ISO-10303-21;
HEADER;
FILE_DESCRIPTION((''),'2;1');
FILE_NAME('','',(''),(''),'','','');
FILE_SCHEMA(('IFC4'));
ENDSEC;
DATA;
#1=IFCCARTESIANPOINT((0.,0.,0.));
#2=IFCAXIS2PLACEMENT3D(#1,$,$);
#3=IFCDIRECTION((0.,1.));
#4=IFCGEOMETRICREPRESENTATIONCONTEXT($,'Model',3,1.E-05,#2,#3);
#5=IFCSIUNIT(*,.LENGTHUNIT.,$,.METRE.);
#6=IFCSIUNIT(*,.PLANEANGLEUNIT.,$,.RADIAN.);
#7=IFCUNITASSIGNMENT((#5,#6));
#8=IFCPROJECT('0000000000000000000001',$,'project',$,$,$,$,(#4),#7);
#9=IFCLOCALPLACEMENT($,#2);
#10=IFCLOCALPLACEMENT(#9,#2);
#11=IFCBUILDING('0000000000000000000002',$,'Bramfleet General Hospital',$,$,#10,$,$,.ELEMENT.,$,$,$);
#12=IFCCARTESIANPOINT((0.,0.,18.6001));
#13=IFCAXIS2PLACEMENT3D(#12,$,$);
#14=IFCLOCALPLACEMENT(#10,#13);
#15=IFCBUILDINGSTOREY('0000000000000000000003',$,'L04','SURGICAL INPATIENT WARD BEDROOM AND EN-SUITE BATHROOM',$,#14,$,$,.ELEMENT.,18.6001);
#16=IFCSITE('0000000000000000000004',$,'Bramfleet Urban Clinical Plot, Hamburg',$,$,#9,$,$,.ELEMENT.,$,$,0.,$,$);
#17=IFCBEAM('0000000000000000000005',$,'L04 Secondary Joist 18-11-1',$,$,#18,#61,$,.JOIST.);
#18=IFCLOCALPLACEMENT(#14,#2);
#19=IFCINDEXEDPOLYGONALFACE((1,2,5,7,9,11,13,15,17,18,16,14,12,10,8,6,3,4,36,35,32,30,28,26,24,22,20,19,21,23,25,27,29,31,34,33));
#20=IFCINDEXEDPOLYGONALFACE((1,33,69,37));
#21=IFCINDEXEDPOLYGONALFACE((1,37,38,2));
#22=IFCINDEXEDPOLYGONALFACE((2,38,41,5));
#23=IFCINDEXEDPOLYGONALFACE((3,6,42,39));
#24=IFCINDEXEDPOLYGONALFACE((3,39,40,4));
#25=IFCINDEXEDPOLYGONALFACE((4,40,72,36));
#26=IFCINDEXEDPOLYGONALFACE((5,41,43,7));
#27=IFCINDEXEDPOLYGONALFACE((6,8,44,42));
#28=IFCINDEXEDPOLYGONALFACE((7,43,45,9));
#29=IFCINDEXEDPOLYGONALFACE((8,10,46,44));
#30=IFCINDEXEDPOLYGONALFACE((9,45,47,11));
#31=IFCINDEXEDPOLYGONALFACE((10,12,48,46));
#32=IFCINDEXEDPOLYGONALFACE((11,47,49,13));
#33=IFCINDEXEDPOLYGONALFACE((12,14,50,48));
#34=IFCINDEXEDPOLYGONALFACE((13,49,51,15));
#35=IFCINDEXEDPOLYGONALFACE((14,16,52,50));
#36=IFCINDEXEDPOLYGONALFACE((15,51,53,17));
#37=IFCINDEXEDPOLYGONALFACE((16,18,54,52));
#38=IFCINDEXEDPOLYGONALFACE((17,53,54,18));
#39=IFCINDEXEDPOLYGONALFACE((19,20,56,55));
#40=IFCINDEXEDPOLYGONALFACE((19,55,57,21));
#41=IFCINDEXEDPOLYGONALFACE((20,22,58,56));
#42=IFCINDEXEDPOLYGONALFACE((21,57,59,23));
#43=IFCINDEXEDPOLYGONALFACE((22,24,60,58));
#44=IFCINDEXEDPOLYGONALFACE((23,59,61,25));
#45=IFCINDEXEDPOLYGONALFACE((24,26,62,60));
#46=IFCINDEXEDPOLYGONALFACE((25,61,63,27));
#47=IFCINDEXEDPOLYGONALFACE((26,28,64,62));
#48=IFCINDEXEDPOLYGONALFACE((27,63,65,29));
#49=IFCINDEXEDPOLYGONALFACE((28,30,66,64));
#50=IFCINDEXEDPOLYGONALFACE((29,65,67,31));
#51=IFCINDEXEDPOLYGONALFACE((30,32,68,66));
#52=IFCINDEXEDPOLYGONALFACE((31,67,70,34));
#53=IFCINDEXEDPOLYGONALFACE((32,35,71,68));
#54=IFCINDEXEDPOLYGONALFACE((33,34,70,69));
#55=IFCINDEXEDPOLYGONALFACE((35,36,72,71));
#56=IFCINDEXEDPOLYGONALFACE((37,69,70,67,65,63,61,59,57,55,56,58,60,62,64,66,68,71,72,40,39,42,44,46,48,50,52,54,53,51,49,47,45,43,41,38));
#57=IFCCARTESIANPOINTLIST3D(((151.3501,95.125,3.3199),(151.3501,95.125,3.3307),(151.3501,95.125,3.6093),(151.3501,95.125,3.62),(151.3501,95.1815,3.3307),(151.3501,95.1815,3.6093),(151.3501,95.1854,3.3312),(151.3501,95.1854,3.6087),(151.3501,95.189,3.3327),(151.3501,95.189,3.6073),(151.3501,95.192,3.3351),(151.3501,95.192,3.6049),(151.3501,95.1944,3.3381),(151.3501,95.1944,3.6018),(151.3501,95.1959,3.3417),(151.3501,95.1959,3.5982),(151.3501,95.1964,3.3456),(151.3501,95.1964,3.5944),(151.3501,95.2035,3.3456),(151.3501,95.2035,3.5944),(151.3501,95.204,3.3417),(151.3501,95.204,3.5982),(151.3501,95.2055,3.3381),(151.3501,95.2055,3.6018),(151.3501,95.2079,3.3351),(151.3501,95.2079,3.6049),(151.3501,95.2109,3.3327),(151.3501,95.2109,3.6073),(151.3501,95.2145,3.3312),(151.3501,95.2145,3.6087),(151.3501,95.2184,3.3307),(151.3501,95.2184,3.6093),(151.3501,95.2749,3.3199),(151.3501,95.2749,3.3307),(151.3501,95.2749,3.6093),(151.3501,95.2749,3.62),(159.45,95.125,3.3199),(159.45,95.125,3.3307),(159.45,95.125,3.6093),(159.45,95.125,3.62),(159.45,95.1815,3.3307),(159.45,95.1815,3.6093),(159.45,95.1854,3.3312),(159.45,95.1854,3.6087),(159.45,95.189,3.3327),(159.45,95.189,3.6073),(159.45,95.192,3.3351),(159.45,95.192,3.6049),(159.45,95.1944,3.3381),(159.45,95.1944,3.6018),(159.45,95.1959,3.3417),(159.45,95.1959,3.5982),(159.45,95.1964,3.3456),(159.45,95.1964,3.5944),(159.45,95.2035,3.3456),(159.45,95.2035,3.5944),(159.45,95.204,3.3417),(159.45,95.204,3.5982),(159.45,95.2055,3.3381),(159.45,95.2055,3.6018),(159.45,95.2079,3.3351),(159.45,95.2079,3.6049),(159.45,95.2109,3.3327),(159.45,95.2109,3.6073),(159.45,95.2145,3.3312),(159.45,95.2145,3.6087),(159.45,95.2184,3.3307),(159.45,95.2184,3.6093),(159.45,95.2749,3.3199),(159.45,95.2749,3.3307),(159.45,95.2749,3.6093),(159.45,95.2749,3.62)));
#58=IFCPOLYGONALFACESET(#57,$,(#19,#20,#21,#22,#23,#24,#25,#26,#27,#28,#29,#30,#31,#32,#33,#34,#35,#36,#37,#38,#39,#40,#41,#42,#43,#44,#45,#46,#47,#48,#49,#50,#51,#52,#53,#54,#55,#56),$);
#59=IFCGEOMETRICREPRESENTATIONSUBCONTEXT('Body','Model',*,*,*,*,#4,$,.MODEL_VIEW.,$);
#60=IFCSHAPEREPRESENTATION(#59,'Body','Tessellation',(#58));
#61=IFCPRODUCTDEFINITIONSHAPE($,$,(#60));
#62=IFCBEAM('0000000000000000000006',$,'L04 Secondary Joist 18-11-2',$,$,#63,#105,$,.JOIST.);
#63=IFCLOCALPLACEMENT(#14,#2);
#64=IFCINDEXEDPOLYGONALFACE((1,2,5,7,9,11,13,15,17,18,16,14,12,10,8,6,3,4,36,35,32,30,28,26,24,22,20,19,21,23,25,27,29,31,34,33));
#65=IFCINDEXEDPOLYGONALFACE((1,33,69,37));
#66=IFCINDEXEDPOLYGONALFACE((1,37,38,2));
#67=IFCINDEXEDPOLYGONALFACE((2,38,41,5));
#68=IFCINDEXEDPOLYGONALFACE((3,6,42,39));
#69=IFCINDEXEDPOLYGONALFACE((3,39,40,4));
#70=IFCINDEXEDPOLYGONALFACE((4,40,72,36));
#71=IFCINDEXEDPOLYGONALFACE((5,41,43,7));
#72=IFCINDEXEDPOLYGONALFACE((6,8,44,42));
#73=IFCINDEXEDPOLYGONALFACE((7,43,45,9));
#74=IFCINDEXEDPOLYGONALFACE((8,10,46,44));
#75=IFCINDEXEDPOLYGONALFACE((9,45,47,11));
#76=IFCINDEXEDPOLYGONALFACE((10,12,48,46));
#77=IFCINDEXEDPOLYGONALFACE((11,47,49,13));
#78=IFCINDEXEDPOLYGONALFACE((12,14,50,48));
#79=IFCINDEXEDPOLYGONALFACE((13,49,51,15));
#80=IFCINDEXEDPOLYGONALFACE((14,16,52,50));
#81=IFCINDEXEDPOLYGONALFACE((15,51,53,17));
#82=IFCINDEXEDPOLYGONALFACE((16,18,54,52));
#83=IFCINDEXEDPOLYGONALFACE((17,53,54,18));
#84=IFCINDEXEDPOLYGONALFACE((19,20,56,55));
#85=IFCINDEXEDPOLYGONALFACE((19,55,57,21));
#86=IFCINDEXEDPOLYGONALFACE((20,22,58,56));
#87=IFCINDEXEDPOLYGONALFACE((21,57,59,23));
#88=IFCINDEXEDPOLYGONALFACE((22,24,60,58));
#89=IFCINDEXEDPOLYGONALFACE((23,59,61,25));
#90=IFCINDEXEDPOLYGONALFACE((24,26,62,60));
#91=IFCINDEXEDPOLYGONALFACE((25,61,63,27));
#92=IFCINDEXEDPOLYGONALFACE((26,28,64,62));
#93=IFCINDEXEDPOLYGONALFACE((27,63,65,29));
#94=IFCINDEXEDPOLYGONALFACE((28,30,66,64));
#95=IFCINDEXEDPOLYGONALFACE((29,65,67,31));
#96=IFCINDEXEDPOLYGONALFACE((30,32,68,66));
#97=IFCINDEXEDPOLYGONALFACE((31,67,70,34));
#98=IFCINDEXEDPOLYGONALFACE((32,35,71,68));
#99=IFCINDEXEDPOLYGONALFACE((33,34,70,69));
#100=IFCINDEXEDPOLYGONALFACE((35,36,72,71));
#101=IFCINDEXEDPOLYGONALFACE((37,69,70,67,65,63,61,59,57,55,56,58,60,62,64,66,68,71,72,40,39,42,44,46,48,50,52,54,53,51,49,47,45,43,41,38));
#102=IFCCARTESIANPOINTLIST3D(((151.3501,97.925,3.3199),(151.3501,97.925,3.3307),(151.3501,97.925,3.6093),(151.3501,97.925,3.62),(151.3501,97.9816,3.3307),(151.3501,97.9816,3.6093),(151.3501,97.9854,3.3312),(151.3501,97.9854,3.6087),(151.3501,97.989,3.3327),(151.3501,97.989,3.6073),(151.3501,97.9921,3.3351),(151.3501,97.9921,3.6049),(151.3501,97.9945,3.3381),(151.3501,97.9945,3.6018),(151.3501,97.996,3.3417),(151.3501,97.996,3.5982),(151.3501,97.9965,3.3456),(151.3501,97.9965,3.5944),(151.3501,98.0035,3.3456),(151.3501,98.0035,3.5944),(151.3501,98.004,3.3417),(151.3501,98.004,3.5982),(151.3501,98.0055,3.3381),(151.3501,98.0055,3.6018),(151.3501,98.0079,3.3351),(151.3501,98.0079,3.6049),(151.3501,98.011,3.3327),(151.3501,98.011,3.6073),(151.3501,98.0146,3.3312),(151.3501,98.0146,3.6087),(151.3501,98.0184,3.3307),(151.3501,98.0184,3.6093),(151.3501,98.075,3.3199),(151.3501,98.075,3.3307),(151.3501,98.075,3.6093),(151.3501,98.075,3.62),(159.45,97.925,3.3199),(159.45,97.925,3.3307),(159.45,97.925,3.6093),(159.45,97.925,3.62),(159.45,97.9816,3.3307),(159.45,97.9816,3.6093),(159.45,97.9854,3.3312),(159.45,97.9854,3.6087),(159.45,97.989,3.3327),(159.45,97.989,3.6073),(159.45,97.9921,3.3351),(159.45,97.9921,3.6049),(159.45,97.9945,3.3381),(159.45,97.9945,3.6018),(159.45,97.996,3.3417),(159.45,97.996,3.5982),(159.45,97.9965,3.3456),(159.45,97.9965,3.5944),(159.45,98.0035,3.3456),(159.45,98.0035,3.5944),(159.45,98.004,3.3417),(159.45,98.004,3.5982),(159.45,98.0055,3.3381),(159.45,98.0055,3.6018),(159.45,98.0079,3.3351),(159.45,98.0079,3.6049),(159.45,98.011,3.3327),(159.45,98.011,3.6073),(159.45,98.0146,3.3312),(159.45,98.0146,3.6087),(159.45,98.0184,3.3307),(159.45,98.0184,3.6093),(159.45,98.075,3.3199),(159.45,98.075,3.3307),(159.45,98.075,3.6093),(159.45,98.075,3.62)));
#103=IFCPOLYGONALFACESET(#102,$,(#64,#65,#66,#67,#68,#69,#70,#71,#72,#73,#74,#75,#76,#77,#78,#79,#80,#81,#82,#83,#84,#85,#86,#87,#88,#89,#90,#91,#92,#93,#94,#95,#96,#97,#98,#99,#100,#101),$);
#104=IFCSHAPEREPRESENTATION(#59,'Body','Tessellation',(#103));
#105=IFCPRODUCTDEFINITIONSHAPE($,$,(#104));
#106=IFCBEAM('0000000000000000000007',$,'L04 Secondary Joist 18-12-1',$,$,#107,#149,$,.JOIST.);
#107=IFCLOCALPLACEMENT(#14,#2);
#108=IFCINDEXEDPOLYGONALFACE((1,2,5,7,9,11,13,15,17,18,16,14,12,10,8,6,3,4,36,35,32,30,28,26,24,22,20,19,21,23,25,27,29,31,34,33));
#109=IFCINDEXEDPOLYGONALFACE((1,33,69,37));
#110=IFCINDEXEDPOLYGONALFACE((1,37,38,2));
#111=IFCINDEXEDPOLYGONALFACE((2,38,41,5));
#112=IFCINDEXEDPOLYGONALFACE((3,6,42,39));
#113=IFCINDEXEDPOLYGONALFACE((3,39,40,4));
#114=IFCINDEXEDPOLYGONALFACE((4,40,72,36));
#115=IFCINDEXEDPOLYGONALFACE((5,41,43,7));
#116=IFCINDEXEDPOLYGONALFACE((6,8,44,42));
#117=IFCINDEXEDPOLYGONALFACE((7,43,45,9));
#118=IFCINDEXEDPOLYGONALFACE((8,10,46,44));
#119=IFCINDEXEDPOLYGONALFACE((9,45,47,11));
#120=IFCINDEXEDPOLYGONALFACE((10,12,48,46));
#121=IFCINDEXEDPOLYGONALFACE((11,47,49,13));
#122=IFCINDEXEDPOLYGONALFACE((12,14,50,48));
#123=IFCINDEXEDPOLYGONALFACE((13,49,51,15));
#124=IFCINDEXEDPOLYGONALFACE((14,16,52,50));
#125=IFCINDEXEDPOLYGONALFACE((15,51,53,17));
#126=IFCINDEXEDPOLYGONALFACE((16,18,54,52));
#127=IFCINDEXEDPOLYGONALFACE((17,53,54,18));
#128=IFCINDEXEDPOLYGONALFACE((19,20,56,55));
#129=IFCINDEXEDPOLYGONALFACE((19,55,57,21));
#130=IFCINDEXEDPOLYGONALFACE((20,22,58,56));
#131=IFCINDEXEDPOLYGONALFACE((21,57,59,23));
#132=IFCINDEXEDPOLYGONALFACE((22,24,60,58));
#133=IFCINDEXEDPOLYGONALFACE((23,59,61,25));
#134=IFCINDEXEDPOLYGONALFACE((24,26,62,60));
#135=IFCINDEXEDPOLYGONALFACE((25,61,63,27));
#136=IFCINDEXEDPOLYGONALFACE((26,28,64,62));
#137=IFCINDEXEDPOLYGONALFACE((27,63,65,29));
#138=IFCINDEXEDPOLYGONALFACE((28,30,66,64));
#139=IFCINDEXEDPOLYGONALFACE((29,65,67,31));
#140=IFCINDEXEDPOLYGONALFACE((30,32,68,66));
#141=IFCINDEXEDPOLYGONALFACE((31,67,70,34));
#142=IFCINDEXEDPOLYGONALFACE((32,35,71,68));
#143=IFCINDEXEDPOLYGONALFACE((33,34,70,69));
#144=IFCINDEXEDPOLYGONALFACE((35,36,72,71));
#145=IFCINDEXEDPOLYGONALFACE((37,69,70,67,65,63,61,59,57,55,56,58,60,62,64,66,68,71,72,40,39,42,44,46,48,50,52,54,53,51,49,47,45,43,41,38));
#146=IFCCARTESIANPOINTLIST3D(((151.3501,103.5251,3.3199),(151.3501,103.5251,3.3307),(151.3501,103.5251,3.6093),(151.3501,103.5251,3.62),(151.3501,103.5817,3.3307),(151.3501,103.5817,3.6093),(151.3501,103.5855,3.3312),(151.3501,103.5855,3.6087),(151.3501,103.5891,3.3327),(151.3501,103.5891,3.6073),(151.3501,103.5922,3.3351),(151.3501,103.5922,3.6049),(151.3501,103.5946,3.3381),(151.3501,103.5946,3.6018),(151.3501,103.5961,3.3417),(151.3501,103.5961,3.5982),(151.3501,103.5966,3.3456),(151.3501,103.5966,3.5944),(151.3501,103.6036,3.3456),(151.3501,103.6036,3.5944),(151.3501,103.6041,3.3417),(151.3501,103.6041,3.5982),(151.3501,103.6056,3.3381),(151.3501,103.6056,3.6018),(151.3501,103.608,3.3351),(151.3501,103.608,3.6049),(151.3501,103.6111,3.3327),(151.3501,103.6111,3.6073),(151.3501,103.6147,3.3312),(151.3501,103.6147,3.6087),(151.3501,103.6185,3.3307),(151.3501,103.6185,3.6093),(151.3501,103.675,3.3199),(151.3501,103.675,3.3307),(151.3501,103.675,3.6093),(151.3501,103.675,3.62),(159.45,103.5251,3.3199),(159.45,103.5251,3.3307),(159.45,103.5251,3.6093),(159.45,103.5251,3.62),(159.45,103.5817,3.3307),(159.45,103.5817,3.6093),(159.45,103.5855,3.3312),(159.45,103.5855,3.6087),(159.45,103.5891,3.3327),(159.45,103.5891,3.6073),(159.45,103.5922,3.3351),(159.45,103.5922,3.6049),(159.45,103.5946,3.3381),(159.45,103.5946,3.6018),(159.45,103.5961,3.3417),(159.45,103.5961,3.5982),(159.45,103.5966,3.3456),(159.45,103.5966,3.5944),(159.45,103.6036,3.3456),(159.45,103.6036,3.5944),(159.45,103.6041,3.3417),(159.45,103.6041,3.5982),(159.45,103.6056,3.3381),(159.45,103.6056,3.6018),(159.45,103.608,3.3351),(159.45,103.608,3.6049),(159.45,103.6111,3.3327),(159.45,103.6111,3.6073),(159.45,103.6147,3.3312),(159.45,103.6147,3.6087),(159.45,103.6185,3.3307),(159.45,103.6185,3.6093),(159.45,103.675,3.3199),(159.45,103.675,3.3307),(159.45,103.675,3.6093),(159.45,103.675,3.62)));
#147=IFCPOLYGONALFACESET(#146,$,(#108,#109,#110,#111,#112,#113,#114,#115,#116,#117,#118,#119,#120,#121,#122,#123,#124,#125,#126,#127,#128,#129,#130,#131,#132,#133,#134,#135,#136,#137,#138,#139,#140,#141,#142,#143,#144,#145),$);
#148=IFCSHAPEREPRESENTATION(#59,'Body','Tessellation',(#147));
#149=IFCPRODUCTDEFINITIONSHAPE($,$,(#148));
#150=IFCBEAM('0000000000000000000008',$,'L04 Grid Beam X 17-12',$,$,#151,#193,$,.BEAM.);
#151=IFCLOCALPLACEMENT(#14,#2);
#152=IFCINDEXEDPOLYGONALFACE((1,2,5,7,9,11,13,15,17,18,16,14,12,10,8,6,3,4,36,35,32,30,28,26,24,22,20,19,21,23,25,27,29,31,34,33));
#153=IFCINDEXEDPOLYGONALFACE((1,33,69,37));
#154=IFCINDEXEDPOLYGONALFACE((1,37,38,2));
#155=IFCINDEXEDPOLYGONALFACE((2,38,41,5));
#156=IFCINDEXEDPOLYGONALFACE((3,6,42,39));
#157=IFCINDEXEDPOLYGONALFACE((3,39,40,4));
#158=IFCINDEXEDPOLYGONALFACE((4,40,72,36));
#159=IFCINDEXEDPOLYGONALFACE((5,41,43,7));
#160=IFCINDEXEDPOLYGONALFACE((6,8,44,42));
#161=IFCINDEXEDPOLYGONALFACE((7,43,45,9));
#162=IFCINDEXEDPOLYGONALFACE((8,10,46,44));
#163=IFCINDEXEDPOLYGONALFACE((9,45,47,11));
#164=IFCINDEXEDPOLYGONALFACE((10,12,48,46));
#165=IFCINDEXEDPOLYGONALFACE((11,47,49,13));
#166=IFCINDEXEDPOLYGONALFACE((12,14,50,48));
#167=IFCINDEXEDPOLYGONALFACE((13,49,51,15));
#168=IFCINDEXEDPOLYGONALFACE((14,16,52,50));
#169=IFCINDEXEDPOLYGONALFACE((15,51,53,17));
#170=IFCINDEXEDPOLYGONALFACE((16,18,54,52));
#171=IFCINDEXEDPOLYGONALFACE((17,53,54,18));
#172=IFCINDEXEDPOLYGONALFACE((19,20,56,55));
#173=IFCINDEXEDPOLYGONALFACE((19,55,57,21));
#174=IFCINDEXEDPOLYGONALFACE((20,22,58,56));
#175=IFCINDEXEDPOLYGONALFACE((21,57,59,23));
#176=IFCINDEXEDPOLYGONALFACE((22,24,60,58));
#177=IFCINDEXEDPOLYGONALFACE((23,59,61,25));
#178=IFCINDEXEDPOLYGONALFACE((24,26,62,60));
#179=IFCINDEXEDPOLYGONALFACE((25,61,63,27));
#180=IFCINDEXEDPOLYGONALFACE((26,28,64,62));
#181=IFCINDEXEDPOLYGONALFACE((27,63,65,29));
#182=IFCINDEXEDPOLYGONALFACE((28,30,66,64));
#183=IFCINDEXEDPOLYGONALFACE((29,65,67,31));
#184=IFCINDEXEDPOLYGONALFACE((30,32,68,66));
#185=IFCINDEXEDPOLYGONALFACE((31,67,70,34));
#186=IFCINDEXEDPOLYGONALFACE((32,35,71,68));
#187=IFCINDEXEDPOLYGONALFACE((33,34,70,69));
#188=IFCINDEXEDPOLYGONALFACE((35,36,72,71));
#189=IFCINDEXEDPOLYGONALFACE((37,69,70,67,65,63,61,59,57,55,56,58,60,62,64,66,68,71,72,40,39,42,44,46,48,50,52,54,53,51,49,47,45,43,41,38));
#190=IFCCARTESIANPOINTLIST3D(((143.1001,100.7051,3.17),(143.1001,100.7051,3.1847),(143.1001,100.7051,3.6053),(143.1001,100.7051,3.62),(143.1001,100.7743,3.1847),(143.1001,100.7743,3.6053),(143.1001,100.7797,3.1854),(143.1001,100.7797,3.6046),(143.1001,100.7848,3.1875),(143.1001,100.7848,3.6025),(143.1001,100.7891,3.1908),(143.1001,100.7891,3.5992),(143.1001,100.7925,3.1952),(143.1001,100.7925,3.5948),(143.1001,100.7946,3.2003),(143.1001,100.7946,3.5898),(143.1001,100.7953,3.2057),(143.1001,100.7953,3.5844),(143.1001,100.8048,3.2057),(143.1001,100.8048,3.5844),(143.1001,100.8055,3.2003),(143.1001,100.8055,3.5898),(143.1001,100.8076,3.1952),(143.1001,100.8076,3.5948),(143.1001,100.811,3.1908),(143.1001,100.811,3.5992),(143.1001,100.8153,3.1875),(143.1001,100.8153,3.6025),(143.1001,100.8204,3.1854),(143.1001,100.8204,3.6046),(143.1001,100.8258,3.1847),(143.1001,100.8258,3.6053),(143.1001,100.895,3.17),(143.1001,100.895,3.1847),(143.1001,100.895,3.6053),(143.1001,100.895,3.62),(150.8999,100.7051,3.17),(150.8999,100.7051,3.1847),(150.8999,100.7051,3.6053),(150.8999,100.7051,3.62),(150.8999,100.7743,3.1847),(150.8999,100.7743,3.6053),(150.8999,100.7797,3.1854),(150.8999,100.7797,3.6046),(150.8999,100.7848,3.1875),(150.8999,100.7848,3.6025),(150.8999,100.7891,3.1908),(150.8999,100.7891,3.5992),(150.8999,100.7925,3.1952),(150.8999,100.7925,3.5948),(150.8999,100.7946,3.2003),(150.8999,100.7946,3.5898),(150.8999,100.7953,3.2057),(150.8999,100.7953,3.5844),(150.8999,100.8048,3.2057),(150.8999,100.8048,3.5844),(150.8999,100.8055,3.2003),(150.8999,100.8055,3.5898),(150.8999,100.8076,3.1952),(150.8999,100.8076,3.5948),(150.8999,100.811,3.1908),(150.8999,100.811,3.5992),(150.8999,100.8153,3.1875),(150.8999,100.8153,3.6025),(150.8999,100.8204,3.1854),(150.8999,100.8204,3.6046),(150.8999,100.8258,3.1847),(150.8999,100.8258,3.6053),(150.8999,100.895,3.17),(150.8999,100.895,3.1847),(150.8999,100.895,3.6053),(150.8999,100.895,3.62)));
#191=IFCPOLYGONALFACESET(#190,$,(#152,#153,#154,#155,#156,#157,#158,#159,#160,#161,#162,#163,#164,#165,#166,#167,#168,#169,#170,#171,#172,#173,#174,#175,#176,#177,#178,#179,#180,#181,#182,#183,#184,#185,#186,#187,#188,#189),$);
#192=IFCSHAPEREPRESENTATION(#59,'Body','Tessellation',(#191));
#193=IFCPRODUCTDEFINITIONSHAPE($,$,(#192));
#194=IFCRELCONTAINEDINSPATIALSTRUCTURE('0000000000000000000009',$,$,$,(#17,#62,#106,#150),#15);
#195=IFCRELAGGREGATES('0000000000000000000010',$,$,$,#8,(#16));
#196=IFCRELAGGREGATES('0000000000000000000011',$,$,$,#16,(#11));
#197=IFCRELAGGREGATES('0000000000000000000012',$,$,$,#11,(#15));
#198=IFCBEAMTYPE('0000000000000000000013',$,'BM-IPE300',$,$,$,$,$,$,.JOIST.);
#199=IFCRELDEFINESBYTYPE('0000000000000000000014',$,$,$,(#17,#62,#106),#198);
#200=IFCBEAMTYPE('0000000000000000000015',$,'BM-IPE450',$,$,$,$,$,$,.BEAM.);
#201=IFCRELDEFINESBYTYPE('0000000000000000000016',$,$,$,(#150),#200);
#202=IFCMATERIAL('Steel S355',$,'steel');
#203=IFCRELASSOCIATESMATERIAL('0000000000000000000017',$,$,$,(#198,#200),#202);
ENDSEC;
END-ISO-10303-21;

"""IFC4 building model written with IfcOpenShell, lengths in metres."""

from ifc_helpers import new_model, si_unit, direction, frame, origin, origin_2d, place, context, subcontext, project, spatial, i_section, extrude, material, material_profile, profile_set, type_object, element, save


model = new_model("IFC4")

# Units and contexts
model_context = context("Model", 3, precision=1e-05, world=origin(), true_north=direction((0.0, 1.0)))
body_context = subcontext(model_context, "Body", "Model", "MODEL_VIEW")
ifc_project = project(units=[si_unit("LENGTHUNIT", "METRE"), si_unit("PLANEANGLEUNIT", "RADIAN")], contexts=[model_context])

# Site, building, storey
site_placement = place(None, origin())
site = spatial("IfcSite", under=ifc_project, at=site_placement, Name="Bramfleet Urban Clinical Plot, Hamburg", CompositionType="ELEMENT", RefElevation=0.0)
building_placement = place(site_placement, origin())
building = spatial("IfcBuilding", under=site, at=building_placement, Name="Bramfleet General Hospital", CompositionType="ELEMENT")
storey_placement = place(building_placement, frame((0.0, 0.0, 18.6001)))
storey = spatial("IfcBuildingStorey", under=building, at=storey_placement, Name="L04", Description="SURGICAL INPATIENT WARD BEDROOM AND EN-SUITE BATHROOM", CompositionType="ELEMENT", Elevation=18.6001)

# Beams
ifc_material_1 = material(Name="Steel S355", Category="steel")
ifc_material_profile_1 = material_profile(ifc_material_1, i_section(OverallWidth=0.1499, OverallDepth=0.3, WebThickness=0.0071, FlangeThickness=0.0107, FilletRadius=0.0149, at=origin_2d()), Name="IPE 300")
ifc_profile_set_1 = profile_set([ifc_material_profile_1], Name="Steel S355")
beam_type_1 = type_object("IfcBeamType", Name="BM-IPE300", PredefinedType="JOIST", material=ifc_profile_set_1)
for number, where, z_axis, x_axis, name in (
    (1, (151.3501, 95.2, 3.47), (1.0, 0.0, 0.0), (0.0, 1.0, 0.0), "L04 Secondary Joist 18-11-1"),
    (2, (151.3501, 98.0, 3.47), (1.0, 0.0, 0.0), (0.0, 1.0, 0.0), "L04 Secondary Joist 18-11-2"),
    (3, (151.3501, 103.6001, 3.47), (1.0, 0.0, 0.0), (0.0, 1.0, 0.0), "L04 Secondary Joist 18-12-1"),
):
    element("IfcBeam", number, at=place(storey_placement, frame(where, z_axis=z_axis, x_axis=x_axis)), inside=storey, type_object=beam_type_1, Name=name, PredefinedType="JOIST", context=body_context, shape_type="SweptSolid", body=[
        extrude(i_section(OverallWidth=0.1499, OverallDepth=0.3, WebThickness=0.0071, FlangeThickness=0.0107, FilletRadius=0.0149, at=origin_2d()), origin(), (0.0, 0.0, 1.0), 8.0999),
    ])
ifc_material_profile_2 = material_profile(ifc_material_1, i_section(OverallWidth=0.1899, OverallDepth=0.45, WebThickness=0.0095, FlangeThickness=0.0146, FilletRadius=0.021, at=origin_2d()), Name="IPE 450")
ifc_profile_set_2 = profile_set([ifc_material_profile_2], Name="Steel S355")
beam_type_2 = type_object("IfcBeamType", Name="BM-IPE450", PredefinedType="BEAM", material=ifc_profile_set_2)
beam_1_placement = place(storey_placement, frame((143.1001, 100.8, 3.395), z_axis=(1.0, 0.0, 0.0), x_axis=(0.0, 1.0, 0.0)))
element("IfcBeam", 4, at=beam_1_placement, inside=storey, type_object=beam_type_2, Name="L04 Grid Beam X 17-12", PredefinedType="BEAM", context=body_context, shape_type="SweptSolid", body=[
    extrude(i_section(OverallWidth=0.1899, OverallDepth=0.45, WebThickness=0.0095, FlangeThickness=0.0146, FilletRadius=0.021, at=origin_2d()), origin(), (0.0, 0.0, 1.0), 7.7998),
])

save(model, "model.ifc")
